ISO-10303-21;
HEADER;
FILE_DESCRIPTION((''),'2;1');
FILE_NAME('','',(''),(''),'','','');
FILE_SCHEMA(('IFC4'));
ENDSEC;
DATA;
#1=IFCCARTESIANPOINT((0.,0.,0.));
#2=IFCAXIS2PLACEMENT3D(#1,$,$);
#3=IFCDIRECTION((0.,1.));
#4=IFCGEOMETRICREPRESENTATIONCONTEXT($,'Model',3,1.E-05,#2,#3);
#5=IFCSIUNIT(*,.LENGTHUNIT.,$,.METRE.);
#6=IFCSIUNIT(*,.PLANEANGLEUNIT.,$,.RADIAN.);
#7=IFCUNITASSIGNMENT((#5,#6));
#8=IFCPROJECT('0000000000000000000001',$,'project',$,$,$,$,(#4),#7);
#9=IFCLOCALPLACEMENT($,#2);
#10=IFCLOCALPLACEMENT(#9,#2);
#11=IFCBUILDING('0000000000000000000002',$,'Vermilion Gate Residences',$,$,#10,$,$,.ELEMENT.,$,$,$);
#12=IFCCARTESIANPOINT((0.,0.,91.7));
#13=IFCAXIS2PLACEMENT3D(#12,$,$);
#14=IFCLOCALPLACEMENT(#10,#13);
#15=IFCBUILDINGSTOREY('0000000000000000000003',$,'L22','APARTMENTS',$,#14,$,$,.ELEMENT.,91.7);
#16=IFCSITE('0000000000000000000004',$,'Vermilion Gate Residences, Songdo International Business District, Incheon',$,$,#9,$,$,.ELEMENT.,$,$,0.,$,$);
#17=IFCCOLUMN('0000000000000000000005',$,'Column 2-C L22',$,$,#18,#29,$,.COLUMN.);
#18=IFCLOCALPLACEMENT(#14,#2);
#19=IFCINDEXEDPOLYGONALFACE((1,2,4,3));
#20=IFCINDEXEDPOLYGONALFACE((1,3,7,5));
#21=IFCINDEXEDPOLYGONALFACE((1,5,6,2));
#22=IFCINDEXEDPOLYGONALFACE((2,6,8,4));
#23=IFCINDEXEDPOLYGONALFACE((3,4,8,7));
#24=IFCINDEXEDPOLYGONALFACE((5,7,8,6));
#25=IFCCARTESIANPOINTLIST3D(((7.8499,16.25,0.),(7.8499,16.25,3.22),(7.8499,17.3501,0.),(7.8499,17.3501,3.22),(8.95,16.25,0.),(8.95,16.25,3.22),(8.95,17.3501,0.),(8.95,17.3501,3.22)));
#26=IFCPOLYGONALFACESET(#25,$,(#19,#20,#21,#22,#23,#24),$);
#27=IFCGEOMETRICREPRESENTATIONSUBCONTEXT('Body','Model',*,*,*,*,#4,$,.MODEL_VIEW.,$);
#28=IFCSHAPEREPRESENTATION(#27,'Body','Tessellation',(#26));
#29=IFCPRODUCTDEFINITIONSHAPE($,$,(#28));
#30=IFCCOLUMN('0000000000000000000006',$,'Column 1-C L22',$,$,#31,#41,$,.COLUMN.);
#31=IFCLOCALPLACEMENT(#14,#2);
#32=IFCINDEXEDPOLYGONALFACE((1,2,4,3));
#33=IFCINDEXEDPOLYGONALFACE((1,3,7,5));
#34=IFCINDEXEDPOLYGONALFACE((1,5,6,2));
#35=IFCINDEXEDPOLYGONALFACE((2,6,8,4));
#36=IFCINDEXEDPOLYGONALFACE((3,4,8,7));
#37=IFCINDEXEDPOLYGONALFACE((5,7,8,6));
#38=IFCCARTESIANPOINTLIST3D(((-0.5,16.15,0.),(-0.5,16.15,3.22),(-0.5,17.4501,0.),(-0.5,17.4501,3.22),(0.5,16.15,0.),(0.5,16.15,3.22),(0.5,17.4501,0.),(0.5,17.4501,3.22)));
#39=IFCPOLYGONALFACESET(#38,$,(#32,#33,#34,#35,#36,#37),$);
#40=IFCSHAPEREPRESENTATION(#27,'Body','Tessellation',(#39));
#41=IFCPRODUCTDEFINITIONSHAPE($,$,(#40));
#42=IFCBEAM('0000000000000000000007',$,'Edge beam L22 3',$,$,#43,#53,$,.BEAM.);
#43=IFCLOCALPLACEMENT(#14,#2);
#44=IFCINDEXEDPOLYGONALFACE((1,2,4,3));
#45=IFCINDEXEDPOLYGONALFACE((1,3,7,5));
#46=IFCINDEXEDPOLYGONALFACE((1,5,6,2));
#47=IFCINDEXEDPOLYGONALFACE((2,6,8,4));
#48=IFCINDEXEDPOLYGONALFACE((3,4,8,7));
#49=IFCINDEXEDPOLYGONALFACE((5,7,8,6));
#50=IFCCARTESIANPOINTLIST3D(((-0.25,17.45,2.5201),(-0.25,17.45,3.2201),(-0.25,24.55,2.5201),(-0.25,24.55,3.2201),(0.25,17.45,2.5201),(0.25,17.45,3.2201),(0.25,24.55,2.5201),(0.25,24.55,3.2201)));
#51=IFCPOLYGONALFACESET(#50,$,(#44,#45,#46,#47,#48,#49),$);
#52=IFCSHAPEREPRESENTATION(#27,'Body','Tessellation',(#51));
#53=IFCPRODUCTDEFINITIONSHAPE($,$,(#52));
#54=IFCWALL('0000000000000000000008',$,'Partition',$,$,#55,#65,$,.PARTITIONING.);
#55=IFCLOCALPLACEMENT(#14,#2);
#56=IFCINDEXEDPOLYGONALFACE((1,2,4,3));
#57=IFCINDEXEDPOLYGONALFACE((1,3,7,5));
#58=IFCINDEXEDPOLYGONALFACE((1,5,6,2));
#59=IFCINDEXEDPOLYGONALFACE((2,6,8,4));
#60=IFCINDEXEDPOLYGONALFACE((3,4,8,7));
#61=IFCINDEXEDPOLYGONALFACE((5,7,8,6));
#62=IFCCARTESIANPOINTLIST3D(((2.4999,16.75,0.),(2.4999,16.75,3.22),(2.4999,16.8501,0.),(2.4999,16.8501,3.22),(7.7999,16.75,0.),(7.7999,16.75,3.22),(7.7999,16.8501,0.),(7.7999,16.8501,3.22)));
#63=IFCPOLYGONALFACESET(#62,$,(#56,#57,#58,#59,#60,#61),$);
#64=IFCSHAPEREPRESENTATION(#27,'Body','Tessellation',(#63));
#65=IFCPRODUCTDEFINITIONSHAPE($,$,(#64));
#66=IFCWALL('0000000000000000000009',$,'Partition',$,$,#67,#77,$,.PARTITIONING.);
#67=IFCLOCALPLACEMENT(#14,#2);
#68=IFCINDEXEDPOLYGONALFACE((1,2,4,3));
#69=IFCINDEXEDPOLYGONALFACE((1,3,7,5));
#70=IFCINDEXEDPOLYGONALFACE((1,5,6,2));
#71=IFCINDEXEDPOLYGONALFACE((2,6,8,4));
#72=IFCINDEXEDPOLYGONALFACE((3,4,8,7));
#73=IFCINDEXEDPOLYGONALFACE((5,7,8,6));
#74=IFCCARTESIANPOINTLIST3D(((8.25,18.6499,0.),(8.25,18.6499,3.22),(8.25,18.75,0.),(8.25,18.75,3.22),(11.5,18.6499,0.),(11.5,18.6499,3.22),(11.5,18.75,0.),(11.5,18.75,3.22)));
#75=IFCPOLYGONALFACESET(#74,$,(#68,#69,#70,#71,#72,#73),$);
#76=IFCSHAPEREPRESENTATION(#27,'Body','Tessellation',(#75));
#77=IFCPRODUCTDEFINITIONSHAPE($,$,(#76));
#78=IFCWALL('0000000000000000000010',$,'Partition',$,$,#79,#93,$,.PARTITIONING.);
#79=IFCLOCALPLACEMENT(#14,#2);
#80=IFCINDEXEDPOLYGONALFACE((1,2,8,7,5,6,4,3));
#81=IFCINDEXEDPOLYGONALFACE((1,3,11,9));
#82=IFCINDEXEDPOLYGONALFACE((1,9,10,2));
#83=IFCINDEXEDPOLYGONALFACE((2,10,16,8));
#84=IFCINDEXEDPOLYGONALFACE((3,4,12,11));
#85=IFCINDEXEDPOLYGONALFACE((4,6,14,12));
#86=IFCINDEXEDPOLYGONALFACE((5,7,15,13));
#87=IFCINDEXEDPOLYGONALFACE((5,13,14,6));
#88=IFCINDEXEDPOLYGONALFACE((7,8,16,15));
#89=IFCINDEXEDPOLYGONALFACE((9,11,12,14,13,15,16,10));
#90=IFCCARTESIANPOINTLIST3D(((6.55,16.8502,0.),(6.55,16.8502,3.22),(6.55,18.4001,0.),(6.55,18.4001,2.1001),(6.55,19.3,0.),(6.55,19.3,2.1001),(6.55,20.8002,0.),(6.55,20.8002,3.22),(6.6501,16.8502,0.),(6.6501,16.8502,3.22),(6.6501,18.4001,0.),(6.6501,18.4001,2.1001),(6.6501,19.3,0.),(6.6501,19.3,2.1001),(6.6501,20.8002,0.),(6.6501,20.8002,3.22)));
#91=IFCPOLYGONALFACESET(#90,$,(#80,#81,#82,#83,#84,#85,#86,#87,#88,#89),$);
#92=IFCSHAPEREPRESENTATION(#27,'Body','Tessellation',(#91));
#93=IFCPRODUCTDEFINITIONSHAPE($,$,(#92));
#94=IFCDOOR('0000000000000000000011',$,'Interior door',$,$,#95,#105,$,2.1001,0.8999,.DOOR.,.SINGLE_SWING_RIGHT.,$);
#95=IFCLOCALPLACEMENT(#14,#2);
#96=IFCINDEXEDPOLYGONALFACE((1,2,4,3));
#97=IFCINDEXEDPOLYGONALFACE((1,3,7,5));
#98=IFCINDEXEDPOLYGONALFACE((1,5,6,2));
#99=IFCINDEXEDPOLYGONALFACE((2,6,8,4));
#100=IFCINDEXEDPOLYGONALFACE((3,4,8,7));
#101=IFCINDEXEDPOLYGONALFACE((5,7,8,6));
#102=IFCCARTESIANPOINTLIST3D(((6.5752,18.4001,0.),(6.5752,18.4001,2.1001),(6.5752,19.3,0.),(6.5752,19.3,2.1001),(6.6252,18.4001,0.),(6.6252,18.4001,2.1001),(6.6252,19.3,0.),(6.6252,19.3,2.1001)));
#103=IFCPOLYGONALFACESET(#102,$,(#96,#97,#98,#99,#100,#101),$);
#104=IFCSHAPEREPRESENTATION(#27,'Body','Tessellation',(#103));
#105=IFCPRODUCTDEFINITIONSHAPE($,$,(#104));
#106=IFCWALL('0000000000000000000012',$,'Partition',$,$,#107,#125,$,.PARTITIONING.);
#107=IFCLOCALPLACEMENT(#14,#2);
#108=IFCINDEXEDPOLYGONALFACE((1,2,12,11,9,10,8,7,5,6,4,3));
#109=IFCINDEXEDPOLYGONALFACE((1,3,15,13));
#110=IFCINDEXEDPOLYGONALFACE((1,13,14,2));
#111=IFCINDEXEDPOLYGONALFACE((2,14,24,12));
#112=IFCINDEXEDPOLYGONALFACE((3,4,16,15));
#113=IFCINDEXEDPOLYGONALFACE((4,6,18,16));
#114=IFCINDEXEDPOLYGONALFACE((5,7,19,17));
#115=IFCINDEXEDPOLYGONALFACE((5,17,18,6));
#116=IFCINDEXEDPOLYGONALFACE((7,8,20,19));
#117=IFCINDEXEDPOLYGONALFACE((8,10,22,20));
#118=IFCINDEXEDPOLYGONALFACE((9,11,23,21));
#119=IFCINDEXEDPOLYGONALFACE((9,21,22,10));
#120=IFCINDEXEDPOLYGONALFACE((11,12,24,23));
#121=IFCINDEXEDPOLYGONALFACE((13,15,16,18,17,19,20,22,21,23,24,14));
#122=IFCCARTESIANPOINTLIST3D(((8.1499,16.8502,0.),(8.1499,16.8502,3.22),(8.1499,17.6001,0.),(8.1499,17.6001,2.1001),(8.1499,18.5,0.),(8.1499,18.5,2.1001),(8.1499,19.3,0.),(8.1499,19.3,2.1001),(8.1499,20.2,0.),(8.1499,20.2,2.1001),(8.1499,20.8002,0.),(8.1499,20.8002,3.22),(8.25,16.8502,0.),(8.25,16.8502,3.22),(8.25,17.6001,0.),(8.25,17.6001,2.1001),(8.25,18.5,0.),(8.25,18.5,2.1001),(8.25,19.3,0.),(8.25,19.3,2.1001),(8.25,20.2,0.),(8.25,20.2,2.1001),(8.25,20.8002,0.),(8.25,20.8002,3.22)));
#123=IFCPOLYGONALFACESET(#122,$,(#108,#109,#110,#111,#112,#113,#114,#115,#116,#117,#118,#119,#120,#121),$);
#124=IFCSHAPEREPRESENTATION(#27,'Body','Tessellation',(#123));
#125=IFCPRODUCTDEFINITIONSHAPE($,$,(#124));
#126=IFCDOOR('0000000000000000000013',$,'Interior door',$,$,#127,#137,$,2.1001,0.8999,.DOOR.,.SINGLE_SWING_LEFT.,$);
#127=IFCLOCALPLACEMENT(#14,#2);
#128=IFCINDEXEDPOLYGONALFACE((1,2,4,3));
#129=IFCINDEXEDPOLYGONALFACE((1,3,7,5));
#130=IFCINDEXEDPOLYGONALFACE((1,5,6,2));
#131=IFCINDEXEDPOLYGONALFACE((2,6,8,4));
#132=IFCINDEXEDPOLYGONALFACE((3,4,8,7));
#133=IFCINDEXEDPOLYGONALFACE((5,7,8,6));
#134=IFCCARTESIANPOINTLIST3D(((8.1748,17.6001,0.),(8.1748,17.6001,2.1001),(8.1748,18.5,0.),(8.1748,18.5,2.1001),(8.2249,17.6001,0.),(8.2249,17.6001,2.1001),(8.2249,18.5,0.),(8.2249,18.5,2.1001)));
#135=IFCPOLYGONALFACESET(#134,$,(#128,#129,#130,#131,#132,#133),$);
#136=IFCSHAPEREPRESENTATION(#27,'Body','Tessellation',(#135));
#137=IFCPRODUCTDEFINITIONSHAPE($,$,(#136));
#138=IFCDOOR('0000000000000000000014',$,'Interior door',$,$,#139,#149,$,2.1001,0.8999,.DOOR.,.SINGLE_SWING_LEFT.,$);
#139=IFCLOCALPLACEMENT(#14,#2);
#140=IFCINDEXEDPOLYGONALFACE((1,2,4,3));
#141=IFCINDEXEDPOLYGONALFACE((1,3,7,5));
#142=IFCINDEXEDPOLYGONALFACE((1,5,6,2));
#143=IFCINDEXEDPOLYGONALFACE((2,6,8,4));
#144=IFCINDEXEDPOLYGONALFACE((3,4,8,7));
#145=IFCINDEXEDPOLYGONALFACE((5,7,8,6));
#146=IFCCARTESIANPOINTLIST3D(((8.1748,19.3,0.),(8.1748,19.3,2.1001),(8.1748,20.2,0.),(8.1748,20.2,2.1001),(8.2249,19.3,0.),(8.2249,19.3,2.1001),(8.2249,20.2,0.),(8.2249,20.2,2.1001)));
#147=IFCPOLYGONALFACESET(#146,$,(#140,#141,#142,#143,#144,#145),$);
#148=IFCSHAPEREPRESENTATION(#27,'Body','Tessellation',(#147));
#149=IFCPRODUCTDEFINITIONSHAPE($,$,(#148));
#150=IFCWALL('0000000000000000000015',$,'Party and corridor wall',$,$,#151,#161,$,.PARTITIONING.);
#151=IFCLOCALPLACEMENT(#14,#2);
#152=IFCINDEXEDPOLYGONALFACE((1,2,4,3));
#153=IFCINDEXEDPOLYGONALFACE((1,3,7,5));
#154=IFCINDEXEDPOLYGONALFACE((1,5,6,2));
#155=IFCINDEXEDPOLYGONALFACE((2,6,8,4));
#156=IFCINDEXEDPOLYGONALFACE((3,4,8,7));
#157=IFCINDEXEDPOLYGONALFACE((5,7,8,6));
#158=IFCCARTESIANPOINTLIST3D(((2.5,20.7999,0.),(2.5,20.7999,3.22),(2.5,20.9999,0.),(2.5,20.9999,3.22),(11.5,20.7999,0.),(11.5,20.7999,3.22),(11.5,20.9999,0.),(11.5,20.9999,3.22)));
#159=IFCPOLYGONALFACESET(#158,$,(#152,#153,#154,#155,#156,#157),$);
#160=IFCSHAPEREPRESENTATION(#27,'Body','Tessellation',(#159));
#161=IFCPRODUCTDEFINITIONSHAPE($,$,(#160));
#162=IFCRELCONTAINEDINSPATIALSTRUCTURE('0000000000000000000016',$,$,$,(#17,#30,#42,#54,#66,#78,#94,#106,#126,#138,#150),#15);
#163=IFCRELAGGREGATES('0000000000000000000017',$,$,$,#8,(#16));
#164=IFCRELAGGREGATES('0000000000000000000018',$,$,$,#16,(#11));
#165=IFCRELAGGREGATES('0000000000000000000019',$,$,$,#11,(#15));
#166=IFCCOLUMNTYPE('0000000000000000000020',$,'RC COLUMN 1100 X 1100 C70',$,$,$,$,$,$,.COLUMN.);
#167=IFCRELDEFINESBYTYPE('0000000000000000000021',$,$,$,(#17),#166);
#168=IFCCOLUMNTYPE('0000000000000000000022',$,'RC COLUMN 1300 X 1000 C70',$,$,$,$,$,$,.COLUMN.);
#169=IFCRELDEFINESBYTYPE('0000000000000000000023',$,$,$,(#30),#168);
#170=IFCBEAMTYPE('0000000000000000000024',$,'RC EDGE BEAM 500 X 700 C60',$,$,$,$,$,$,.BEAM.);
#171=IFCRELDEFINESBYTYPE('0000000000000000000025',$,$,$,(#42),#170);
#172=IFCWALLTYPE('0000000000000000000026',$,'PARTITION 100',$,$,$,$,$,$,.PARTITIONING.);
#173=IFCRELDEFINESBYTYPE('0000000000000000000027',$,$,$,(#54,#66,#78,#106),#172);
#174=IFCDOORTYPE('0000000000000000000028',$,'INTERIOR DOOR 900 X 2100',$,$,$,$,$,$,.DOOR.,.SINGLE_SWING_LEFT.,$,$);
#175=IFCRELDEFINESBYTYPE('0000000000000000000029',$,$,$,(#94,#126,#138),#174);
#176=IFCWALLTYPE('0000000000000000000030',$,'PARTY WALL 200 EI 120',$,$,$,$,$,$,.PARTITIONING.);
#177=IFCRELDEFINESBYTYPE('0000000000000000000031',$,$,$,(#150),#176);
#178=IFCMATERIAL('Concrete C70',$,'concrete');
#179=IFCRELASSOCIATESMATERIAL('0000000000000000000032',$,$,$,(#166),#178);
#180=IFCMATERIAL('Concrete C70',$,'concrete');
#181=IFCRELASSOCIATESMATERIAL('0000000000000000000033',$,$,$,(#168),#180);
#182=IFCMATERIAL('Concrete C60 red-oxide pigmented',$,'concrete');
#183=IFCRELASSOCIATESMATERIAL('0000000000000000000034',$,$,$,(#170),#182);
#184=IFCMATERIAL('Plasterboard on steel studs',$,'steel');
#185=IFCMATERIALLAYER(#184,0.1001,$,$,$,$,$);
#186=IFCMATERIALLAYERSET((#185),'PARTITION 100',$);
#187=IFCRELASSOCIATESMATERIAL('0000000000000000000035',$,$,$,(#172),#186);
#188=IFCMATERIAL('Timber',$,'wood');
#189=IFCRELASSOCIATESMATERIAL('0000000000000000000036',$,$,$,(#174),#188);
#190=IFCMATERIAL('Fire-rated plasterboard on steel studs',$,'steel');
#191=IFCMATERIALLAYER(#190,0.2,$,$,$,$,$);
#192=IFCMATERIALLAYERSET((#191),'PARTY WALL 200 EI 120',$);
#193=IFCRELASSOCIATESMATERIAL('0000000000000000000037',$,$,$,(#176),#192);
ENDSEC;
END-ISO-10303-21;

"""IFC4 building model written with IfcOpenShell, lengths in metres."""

from ifc_helpers import new_model, si_unit, direction, frame, frame_2d, origin, origin_2d, place, context, subcontext, project, spatial, rectangle, extrude, material, layer, layer_set, material_profile, profile_set, type_object, element, fill, save


model = new_model("IFC4")

# Units and contexts
model_context = context("Model", 3, precision=1e-05, world=origin(), true_north=direction((0.0, 1.0)))
body_context = subcontext(model_context, "Body", "Model", "MODEL_VIEW")
ifc_project = project(units=[si_unit("LENGTHUNIT", "METRE"), si_unit("PLANEANGLEUNIT", "RADIAN")], contexts=[model_context])

# Site, building, storey
site_placement = place(None, origin())
site = spatial("IfcSite", under=ifc_project, at=site_placement, Name="Vermilion Gate Residences, Songdo International Business District, Incheon", CompositionType="ELEMENT", RefElevation=0.0)
building_placement = place(site_placement, origin())
building = spatial("IfcBuilding", under=site, at=building_placement, Name="Vermilion Gate Residences", CompositionType="ELEMENT")
storey_placement = place(building_placement, frame((0.0, 0.0, 91.7)))
storey = spatial("IfcBuildingStorey", under=building, at=storey_placement, Name="L22", Description="APARTMENTS", CompositionType="ELEMENT", Elevation=91.7)

# Columns
ifc_material_1 = material(Name="Concrete C70", Category="concrete")
ifc_material_profile_1 = material_profile(ifc_material_1, rectangle(XDim=1.1001, YDim=1.1001, at=origin_2d()), Name="RC-1100x1100")
ifc_profile_set_1 = profile_set([ifc_material_profile_1], Name="Concrete C70")
column_type_1 = type_object("IfcColumnType", Name="RC COLUMN 1100 X 1100 C70", PredefinedType="COLUMN", material=ifc_profile_set_1)
column_1_placement = place(storey_placement, frame((8.3999, 16.8, 0.0), z_axis=(0.0, 0.0, 1.0), x_axis=(1.0, 0.0, 0.0)))
element("IfcColumn", 1, at=column_1_placement, inside=storey, type_object=column_type_1, Name="Column 2-C L22", PredefinedType="COLUMN", context=body_context, shape_type="SweptSolid", body=[
    extrude(rectangle(XDim=1.1001, YDim=1.1001, at=origin_2d()), origin(), (0.0, 0.0, 1.0), 3.22),
])
ifc_material_2 = material(Name="Concrete C70", Category="concrete")
ifc_material_profile_2 = material_profile(ifc_material_2, rectangle(XDim=1.3, YDim=1.0, at=origin_2d()), Name="RC-1300x1000")
ifc_profile_set_2 = profile_set([ifc_material_profile_2], Name="Concrete C70")
column_type_2 = type_object("IfcColumnType", Name="RC COLUMN 1300 X 1000 C70", PredefinedType="COLUMN", material=ifc_profile_set_2)
column_2_placement = place(storey_placement, frame((0.0, 16.8, 0.0), z_axis=(0.0, 0.0, 1.0), x_axis=(0.0, 1.0, 0.0)))
element("IfcColumn", 2, at=column_2_placement, inside=storey, type_object=column_type_2, Name="Column 1-C L22", PredefinedType="COLUMN", context=body_context, shape_type="SweptSolid", body=[
    extrude(rectangle(XDim=1.3, YDim=1.0, at=origin_2d()), origin(), (0.0, 0.0, 1.0), 3.22),
])

# Beam
ifc_material_3 = material(Name="Concrete C60 red-oxide pigmented", Category="concrete")
ifc_material_profile_3 = material_profile(ifc_material_3, rectangle(XDim=0.5, YDim=0.7, at=origin_2d()), Name="RC-500x700")
ifc_profile_set_3 = profile_set([ifc_material_profile_3], Name="Concrete C60 red-oxide pigmented")
beam_type = type_object("IfcBeamType", Name="RC EDGE BEAM 500 X 700 C60", PredefinedType="BEAM", material=ifc_profile_set_3)
beam_placement = place(storey_placement, frame((0.0, 17.45, 2.8701), z_axis=(0.0, 1.0, 0.0), x_axis=(-1.0, 0.0, 0.0)))
element("IfcBeam", 3, at=beam_placement, inside=storey, type_object=beam_type, Name="Edge beam L22 3", PredefinedType="BEAM", context=body_context, shape_type="SweptSolid", body=[
    extrude(rectangle(XDim=0.5, YDim=0.7, at=origin_2d()), origin(), (0.0, 0.0, 1.0), 7.1001),
])

# Walls
ifc_material_4 = material(Name="Plasterboard on steel studs", Category="steel")
ifc_layer_1 = layer(ifc_material_4, 0.1001)
ifc_layer_set_1 = layer_set([ifc_layer_1], Name="PARTITION 100")
wall_type_1 = type_object("IfcWallType", Name="PARTITION 100", PredefinedType="PARTITIONING", material=ifc_layer_set_1)
wall_1_placement = place(storey_placement, frame((2.5, 16.8, 0.0), z_axis=(0.0, 0.0, 1.0), x_axis=(1.0, 0.0, 0.0)))
element("IfcWall", 4, at=wall_1_placement, inside=storey, type_object=wall_type_1, Name="Partition", PredefinedType="PARTITIONING", context=body_context, shape_type="SweptSolid", body=[
    extrude(rectangle(XDim=5.3, YDim=0.1001, at=frame_2d((2.6499, 0.0))), origin(), (0.0, 0.0, 1.0), 3.22),
])
wall_2_placement = place(storey_placement, frame((8.25, 18.7, 0.0), z_axis=(0.0, 0.0, 1.0), x_axis=(1.0, 0.0, 0.0)))
element("IfcWall", 5, at=wall_2_placement, inside=storey, type_object=wall_type_1, Name="Partition", PredefinedType="PARTITIONING", context=body_context, shape_type="SweptSolid", body=[
    extrude(rectangle(XDim=3.25, YDim=0.1001, at=frame_2d((1.625, 0.0))), origin(), (0.0, 0.0, 1.0), 3.22),
])

# Wall, opening, door
wall_3_placement = place(storey_placement, frame((6.6001, 16.8501, 0.0), z_axis=(0.0, 0.0, 1.0), x_axis=(0.0, 1.0, 0.0)))
wall_3 = element("IfcWall", 6, at=wall_3_placement, inside=storey, type_object=wall_type_1, Name="Partition", PredefinedType="PARTITIONING", context=body_context, shape_type="SweptSolid", body=[
    extrude(rectangle(XDim=3.95, YDim=0.1001, at=frame_2d((1.9751, 0.0))), origin(), (0.0, 0.0, 1.0), 3.22),
])
opening_1_placement = place(wall_3_placement, frame((1.55, 0.0, 0.0)))
opening_1 = element("IfcOpeningElement", 7, at=opening_1_placement, cuts=wall_3, PredefinedType="OPENING", context=body_context, shape_type="SweptSolid", body=[
    extrude(rectangle(XDim=0.8999, YDim=2.1001, at=frame_2d((0.45, 1.05))), frame((0.0, 0.0601, 0.0), z_axis=(0.0, -1.0, 0.0), x_axis=(1.0, 0.0, 0.0)), (0.0, 0.0, 1.0), 0.1201),
])
ifc_material_5 = material(Name="Timber", Category="wood")
door_type = type_object("IfcDoorType", Name="INTERIOR DOOR 900 X 2100", OperationType="SINGLE_SWING_LEFT", PredefinedType="DOOR", material=ifc_material_5)
door_1_placement = place(opening_1_placement, origin())
door_1 = element("IfcDoor", 8, at=door_1_placement, inside=storey, type_object=door_type, Name="Interior door", OperationType="SINGLE_SWING_RIGHT", OverallHeight=2.1001, OverallWidth=0.8999, PredefinedType="DOOR", context=body_context, shape_type="SweptSolid", body=[
    extrude(rectangle(XDim=0.8999, YDim=2.1001, at=frame_2d((0.45, 1.05))), frame((0.0, 0.0249, 0.0), z_axis=(0.0, -1.0, 0.0), x_axis=(1.0, 0.0, 0.0)), (0.0, 0.0, 1.0), 0.05),
])
fill(opening_1, door_1)

# Wall, openings, doors
wall_4_placement = place(storey_placement, frame((8.2, 16.8501, 0.0), z_axis=(0.0, 0.0, 1.0), x_axis=(0.0, 1.0, 0.0)))
wall_4 = element("IfcWall", 9, at=wall_4_placement, inside=storey, type_object=wall_type_1, Name="Partition", PredefinedType="PARTITIONING", context=body_context, shape_type="SweptSolid", body=[
    extrude(rectangle(XDim=3.95, YDim=0.1001, at=frame_2d((1.9751, 0.0))), origin(), (0.0, 0.0, 1.0), 3.22),
])
opening_2_placement = place(wall_4_placement, frame((0.75, 0.0, 0.0)))
opening_2 = element("IfcOpeningElement", 10, at=opening_2_placement, cuts=wall_4, PredefinedType="OPENING", context=body_context, shape_type="SweptSolid", body=[
    extrude(rectangle(XDim=0.8999, YDim=2.1001, at=frame_2d((0.45, 1.05))), frame((0.0, 0.0601, 0.0), z_axis=(0.0, -1.0, 0.0), x_axis=(1.0, 0.0, 0.0)), (0.0, 0.0, 1.0), 0.1201),
])
opening_3_placement = place(wall_4_placement, frame((2.45, 0.0, 0.0)))
opening_3 = element("IfcOpeningElement", 11, at=opening_3_placement, cuts=wall_4, PredefinedType="OPENING", context=body_context, shape_type="SweptSolid", body=[
    extrude(rectangle(XDim=0.8999, YDim=2.1001, at=frame_2d((0.45, 1.05))), frame((0.0, 0.0601, 0.0), z_axis=(0.0, -1.0, 0.0), x_axis=(1.0, 0.0, 0.0)), (0.0, 0.0, 1.0), 0.1201),
])
door_2_placement = place(opening_2_placement, frame((0.8999, 0.0, 0.0), z_axis=(0.0, 0.0, 1.0), x_axis=(-1.0, 0.0, 0.0)))
door_2 = element("IfcDoor", 12, at=door_2_placement, inside=storey, type_object=door_type, Name="Interior door", OperationType="SINGLE_SWING_LEFT", OverallHeight=2.1001, OverallWidth=0.8999, PredefinedType="DOOR", context=body_context, shape_type="SweptSolid", body=[
    extrude(rectangle(XDim=0.8999, YDim=2.1001, at=frame_2d((0.45, 1.05))), frame((0.0, 0.0249, 0.0), z_axis=(0.0, -1.0, 0.0), x_axis=(1.0, 0.0, 0.0)), (0.0, 0.0, 1.0), 0.05),
])
fill(opening_2, door_2)
door_3_placement = place(opening_3_placement, frame((0.8999, 0.0, 0.0), z_axis=(0.0, 0.0, 1.0), x_axis=(-1.0, 0.0, 0.0)))
door_3 = element("IfcDoor", 13, at=door_3_placement, inside=storey, type_object=door_type, Name="Interior door", OperationType="SINGLE_SWING_LEFT", OverallHeight=2.1001, OverallWidth=0.8999, PredefinedType="DOOR", context=body_context, shape_type="SweptSolid", body=[
    extrude(rectangle(XDim=0.8999, YDim=2.1001, at=frame_2d((0.45, 1.05))), frame((0.0, 0.0249, 0.0), z_axis=(0.0, -1.0, 0.0), x_axis=(1.0, 0.0, 0.0)), (0.0, 0.0, 1.0), 0.05),
])
fill(opening_3, door_3)

# Wall
ifc_material_6 = material(Name="Fire-rated plasterboard on steel studs", Category="steel")
ifc_layer_2 = layer(ifc_material_6, 0.2)
ifc_layer_set_2 = layer_set([ifc_layer_2], Name="PARTY WALL 200 EI 120")
wall_type_2 = type_object("IfcWallType", Name="PARTY WALL 200 EI 120", PredefinedType="PARTITIONING", material=ifc_layer_set_2)
wall_5_placement = place(storey_placement, frame((2.5, 20.8999, 0.0), z_axis=(0.0, 0.0, 1.0), x_axis=(1.0, 0.0, 0.0)))
element("IfcWall", 14, at=wall_5_placement, inside=storey, type_object=wall_type_2, Name="Party and corridor wall", PredefinedType="PARTITIONING", context=body_context, shape_type="SweptSolid", body=[
    extrude(rectangle(XDim=9.0, YDim=0.2, at=frame_2d((4.5, 0.0))), origin(), (0.0, 0.0, 1.0), 3.22),
])

save(model, "model.ifc")
